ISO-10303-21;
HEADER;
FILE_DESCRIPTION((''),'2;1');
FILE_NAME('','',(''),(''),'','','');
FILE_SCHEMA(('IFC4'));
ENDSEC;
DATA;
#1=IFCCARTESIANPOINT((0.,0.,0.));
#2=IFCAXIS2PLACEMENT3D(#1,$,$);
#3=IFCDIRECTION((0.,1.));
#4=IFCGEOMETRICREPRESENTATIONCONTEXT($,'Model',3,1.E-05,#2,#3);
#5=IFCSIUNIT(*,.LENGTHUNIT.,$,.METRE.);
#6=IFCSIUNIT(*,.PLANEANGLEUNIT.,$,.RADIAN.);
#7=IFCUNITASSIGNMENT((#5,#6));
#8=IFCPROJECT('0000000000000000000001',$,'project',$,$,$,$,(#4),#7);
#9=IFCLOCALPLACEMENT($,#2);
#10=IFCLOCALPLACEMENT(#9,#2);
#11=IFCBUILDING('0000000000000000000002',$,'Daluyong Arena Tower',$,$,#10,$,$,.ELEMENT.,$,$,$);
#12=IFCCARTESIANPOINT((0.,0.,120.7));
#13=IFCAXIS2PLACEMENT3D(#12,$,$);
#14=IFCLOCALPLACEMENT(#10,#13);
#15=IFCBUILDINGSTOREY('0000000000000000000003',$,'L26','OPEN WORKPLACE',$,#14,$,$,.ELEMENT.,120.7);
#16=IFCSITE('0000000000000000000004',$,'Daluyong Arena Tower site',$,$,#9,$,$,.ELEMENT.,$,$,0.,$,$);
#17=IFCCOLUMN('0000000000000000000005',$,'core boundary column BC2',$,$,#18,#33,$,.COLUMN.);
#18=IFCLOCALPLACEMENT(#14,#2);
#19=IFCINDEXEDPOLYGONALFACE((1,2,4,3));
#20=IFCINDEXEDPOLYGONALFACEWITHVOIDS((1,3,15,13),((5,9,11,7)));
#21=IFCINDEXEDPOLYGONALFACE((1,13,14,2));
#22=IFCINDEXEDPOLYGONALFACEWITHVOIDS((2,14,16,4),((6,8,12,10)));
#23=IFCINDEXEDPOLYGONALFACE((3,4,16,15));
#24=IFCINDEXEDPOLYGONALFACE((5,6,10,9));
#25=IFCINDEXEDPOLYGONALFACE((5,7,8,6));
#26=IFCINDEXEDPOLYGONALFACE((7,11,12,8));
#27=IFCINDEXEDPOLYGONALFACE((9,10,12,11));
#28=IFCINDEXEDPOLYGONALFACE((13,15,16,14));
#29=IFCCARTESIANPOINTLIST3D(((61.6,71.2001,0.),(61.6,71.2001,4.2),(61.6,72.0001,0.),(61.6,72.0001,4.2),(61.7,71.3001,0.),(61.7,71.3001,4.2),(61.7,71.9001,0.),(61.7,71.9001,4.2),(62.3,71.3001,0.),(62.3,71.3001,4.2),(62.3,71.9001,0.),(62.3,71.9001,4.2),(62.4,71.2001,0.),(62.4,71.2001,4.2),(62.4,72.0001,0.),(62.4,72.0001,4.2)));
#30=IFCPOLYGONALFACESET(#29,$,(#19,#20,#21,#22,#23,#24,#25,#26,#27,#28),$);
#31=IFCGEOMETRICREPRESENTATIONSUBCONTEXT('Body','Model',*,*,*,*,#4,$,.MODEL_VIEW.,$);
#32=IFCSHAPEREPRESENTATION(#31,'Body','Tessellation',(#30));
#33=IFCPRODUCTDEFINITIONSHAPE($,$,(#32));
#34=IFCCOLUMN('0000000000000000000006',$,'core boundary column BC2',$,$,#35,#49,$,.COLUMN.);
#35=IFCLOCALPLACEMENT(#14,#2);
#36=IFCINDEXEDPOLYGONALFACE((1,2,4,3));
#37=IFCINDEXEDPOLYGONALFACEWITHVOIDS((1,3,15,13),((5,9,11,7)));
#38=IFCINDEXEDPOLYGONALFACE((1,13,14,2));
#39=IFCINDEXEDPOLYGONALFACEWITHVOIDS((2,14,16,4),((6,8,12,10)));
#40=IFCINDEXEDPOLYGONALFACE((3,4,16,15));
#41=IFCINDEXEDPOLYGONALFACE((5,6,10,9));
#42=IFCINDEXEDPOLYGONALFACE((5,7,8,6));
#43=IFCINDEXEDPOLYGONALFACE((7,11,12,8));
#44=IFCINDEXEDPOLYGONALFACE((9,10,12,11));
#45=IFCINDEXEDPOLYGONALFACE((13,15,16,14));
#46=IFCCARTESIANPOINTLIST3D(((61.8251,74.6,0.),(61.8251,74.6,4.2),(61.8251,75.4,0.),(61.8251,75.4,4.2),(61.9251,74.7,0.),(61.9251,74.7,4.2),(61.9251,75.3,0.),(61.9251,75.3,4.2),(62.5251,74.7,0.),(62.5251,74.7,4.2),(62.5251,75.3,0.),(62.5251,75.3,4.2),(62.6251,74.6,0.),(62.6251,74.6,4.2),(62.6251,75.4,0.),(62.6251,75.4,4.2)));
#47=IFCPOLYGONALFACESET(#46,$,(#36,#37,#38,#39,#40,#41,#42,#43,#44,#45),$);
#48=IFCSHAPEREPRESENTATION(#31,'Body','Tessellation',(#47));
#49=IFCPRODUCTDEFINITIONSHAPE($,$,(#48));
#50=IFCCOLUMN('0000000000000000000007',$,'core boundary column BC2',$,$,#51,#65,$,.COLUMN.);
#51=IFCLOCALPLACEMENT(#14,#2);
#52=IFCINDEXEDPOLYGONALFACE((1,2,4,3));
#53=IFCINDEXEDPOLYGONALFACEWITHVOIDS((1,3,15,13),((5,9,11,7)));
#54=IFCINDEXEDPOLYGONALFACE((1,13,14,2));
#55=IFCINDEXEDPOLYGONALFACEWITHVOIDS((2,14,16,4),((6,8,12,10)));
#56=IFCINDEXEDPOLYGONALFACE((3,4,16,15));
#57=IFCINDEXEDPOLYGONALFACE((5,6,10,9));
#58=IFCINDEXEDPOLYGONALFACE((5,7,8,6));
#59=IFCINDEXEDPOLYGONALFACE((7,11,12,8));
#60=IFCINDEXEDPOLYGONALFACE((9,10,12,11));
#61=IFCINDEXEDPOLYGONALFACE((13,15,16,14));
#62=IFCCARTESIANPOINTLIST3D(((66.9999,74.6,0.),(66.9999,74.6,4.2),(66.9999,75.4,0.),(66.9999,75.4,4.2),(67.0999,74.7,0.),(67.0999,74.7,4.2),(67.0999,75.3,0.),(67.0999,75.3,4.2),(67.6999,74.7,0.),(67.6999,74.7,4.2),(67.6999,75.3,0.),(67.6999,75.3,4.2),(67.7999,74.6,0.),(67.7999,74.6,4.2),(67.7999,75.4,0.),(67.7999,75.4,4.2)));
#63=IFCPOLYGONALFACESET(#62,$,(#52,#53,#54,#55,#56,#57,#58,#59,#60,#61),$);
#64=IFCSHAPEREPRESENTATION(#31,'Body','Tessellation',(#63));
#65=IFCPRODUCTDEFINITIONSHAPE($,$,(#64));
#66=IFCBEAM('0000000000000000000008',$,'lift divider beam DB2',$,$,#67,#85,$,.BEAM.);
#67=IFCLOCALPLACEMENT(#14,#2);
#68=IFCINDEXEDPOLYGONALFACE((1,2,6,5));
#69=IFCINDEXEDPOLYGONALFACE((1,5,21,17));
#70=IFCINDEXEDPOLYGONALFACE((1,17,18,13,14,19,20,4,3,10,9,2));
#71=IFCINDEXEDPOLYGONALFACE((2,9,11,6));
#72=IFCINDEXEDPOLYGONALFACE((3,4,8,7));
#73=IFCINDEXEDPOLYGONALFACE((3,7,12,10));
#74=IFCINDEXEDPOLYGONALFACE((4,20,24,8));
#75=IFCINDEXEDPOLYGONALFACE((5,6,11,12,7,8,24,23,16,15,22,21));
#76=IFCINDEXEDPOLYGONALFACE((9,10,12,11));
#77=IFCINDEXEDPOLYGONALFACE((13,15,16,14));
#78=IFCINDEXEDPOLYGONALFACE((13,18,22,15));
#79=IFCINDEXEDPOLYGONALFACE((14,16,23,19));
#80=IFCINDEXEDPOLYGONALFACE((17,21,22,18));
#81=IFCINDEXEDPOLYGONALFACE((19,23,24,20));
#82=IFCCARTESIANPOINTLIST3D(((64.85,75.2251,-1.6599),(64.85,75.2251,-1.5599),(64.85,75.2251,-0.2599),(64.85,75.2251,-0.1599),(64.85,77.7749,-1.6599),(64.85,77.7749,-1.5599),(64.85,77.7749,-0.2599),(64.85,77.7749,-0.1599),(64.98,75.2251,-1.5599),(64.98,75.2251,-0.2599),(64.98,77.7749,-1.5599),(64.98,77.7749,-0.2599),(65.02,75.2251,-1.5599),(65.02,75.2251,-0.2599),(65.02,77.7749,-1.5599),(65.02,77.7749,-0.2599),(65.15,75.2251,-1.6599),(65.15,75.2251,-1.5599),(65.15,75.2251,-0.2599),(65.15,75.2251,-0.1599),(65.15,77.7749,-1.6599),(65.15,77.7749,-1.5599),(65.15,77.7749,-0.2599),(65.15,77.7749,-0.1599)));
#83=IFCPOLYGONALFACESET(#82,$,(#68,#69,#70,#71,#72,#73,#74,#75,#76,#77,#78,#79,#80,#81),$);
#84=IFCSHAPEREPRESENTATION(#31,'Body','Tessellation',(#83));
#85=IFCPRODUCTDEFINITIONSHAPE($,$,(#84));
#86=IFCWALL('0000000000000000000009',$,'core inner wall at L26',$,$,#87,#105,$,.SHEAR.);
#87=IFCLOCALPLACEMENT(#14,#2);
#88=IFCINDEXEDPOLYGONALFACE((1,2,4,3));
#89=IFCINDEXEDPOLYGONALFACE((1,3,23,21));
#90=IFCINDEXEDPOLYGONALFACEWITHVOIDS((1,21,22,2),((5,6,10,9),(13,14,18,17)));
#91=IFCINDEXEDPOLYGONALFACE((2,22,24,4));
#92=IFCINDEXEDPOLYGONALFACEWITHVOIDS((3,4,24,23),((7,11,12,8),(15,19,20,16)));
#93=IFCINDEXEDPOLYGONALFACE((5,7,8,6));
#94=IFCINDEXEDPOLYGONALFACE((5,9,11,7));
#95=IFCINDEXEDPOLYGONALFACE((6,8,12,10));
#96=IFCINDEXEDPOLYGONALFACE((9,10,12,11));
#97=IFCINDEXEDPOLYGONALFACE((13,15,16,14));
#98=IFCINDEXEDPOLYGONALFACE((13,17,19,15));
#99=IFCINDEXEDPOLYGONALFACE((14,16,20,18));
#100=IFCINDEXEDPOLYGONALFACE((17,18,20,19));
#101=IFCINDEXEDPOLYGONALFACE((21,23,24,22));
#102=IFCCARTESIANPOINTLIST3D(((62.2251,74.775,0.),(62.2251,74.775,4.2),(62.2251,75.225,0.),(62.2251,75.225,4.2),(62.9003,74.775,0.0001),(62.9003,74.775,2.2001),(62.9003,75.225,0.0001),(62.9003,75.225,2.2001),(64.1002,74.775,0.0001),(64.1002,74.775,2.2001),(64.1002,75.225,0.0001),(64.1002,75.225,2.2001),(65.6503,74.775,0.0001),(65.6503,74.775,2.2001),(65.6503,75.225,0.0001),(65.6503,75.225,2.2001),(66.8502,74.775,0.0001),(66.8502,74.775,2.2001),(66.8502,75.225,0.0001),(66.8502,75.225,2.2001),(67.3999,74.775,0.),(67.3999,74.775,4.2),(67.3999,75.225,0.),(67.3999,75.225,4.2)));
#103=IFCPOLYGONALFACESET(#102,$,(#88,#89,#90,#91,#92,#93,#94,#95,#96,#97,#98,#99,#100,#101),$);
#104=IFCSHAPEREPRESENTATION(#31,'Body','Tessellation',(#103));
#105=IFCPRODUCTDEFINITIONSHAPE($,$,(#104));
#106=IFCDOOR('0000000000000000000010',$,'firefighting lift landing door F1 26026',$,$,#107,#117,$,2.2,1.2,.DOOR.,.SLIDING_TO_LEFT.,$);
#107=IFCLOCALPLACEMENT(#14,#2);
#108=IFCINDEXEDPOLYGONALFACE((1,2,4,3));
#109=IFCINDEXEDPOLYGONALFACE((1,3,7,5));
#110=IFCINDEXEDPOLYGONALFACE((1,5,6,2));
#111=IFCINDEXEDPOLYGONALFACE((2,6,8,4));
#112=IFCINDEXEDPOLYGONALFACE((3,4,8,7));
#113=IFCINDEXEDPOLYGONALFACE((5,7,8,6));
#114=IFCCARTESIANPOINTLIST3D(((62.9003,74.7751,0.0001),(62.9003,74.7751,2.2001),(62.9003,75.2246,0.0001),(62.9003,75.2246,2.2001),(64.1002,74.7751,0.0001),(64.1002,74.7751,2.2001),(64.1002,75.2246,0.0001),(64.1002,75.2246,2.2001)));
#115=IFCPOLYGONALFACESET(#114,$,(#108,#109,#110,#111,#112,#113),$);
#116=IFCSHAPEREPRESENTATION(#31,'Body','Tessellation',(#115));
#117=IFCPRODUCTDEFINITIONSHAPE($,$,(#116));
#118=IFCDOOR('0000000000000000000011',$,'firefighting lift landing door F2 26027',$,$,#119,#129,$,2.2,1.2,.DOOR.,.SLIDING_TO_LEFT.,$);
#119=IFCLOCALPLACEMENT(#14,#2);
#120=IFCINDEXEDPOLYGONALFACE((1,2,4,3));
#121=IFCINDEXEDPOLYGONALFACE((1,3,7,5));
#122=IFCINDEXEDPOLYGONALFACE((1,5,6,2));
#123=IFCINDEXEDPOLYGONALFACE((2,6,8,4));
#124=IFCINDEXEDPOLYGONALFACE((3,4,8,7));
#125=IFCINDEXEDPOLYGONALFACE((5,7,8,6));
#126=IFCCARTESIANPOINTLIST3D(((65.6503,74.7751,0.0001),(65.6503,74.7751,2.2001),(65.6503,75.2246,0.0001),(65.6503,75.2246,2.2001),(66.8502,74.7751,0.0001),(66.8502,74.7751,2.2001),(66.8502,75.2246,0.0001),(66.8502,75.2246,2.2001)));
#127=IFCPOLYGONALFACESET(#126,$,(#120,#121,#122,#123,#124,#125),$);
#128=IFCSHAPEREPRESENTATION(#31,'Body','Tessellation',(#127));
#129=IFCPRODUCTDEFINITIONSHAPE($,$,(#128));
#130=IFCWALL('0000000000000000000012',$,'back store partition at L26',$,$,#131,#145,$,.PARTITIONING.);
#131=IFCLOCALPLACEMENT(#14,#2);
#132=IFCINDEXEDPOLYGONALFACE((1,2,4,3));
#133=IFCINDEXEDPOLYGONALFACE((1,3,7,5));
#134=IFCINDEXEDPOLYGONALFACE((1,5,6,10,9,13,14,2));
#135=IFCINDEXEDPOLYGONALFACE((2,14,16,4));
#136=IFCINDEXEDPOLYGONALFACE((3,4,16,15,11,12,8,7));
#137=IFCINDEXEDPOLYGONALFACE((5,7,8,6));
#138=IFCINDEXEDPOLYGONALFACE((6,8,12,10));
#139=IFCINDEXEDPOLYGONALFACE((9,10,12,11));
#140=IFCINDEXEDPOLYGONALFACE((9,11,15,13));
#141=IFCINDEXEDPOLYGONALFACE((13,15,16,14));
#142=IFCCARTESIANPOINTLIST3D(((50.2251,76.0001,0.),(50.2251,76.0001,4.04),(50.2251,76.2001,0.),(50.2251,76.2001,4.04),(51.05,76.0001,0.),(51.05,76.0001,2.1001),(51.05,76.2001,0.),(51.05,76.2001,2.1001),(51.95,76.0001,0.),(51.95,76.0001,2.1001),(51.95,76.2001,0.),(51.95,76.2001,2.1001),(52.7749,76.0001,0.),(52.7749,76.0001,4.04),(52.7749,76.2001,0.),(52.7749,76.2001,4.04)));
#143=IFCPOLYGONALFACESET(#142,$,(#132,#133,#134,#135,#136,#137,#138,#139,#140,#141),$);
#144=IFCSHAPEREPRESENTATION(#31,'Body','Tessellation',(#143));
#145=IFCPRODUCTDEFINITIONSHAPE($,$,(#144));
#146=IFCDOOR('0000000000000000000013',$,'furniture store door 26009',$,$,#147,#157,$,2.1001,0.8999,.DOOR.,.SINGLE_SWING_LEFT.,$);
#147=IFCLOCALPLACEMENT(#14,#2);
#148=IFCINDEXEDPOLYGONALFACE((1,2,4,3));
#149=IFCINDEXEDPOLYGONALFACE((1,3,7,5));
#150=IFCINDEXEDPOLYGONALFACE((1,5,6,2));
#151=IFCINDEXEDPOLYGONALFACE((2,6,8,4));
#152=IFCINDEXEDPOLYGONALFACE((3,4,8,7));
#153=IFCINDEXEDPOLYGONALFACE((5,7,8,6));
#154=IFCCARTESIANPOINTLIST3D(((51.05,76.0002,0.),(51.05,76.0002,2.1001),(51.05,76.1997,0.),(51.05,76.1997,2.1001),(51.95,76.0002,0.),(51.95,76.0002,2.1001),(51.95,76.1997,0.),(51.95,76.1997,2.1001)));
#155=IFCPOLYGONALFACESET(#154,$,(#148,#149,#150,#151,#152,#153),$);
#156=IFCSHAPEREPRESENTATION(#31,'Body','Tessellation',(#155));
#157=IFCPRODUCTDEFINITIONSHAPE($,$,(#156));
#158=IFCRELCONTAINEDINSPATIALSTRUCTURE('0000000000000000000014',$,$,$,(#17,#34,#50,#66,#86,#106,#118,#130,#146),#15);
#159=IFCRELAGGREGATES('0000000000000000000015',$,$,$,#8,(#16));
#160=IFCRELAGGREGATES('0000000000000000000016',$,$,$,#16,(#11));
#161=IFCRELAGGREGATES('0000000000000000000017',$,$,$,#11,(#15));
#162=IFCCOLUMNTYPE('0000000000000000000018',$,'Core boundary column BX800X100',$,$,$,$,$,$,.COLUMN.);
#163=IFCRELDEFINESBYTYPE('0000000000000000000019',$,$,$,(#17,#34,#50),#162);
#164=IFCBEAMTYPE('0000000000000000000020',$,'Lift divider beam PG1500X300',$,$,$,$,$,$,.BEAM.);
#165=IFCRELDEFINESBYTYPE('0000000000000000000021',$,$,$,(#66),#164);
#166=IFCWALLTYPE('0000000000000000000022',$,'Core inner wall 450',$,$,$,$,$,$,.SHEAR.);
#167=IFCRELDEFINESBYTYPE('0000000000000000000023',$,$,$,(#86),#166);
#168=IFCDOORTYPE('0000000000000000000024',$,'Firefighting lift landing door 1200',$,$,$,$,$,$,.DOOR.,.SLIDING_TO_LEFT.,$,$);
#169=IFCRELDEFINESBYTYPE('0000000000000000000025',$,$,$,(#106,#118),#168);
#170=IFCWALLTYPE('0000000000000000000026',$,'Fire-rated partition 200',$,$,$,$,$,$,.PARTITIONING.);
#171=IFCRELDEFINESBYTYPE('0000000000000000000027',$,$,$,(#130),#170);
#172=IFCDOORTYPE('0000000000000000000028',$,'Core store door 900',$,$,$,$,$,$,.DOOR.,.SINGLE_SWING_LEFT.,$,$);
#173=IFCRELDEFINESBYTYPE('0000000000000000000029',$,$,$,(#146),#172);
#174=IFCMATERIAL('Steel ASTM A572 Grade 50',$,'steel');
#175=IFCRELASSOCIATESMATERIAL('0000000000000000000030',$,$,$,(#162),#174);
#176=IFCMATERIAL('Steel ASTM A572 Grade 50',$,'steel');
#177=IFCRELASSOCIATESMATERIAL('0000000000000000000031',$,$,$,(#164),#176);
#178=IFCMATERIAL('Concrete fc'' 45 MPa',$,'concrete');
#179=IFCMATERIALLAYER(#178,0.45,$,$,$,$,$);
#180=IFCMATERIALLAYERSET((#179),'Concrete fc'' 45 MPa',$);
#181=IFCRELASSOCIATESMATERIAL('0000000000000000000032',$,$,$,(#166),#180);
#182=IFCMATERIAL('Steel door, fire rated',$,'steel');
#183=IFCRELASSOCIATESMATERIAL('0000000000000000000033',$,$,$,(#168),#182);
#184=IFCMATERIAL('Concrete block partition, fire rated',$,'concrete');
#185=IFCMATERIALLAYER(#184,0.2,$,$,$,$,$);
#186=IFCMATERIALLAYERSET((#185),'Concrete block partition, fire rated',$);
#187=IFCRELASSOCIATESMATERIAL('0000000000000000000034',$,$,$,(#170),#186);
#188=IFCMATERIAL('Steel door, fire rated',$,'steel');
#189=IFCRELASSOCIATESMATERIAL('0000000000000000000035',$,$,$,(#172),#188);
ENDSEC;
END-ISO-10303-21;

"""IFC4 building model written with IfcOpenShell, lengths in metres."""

from ifc_helpers import new_model, si_unit, direction, frame, frame_2d, origin, origin_2d, place, context, subcontext, project, spatial, rectangle, hollow_rectangle, i_section, extrude, material, layer, layer_set, material_profile, profile_set, type_object, element, fill, save


model = new_model("IFC4")

# Units and contexts
model_context = context("Model", 3, precision=1e-05, world=origin(), true_north=direction((0.0, 1.0)))
body_context = subcontext(model_context, "Body", "Model", "MODEL_VIEW")
ifc_project = project(units=[si_unit("LENGTHUNIT", "METRE"), si_unit("PLANEANGLEUNIT", "RADIAN")], contexts=[model_context])

# Site, building, storey
site_placement = place(None, origin())
site = spatial("IfcSite", under=ifc_project, at=site_placement, Name="Daluyong Arena Tower site", CompositionType="ELEMENT", RefElevation=0.0)
building_placement = place(site_placement, origin())
building = spatial("IfcBuilding", under=site, at=building_placement, Name="Daluyong Arena Tower", CompositionType="ELEMENT")
storey_placement = place(building_placement, frame((0.0, 0.0, 120.7)))
storey = spatial("IfcBuildingStorey", under=building, at=storey_placement, Name="L26", Description="OPEN WORKPLACE", CompositionType="ELEMENT", Elevation=120.7)

# Columns
ifc_material_1 = material(Name="Steel ASTM A572 Grade 50", Category="steel")
ifc_material_profile_1 = material_profile(ifc_material_1, hollow_rectangle(XDim=0.8, YDim=0.8, WallThickness=0.1, at=origin_2d()))
ifc_profile_set_1 = profile_set([ifc_material_profile_1], Name="Steel ASTM A572 Grade 50")
column_type = type_object("IfcColumnType", Name="Core boundary column BX800X100", PredefinedType="COLUMN", material=ifc_profile_set_1)
for number, where, z_axis, x_axis, name in (
    (1, (62.0, 71.6001, 0.0), (0.0, 0.0, 1.0), (1.0, 0.0, 0.0), "core boundary column BC2"),
    (2, (62.2251, 75.0, 0.0), (0.0, 0.0, 1.0), (1.0, 0.0, 0.0), "core boundary column BC2"),
    (3, (67.3999, 75.0, 0.0), (0.0, 0.0, 1.0), (1.0, 0.0, 0.0), "core boundary column BC2"),
):
    element("IfcColumn", number, at=place(storey_placement, frame(where, z_axis=z_axis, x_axis=x_axis)), inside=storey, type_object=column_type, Name=name, PredefinedType="COLUMN", context=body_context, shape_type="SweptSolid", body=[
        extrude(hollow_rectangle(XDim=0.8, YDim=0.8, WallThickness=0.1, at=origin_2d()), origin(), (0.0, 0.0, 1.0), 4.2),
    ])

# Beam
ifc_material_2 = material(Name="Steel ASTM A572 Grade 50", Category="steel")
ifc_material_profile_2 = material_profile(ifc_material_2, i_section(OverallWidth=0.3, OverallDepth=1.5, WebThickness=0.04, FlangeThickness=0.1, at=origin_2d()))
ifc_profile_set_2 = profile_set([ifc_material_profile_2], Name="Steel ASTM A572 Grade 50")
beam_type = type_object("IfcBeamType", Name="Lift divider beam PG1500X300", PredefinedType="BEAM", material=ifc_profile_set_2)
beam_placement = place(storey_placement, frame((65.0, 75.2251, -0.9099), z_axis=(0.0, 1.0, 0.0), x_axis=(-1.0, 0.0, 0.0)))
element("IfcBeam", 4, at=beam_placement, inside=storey, type_object=beam_type, Name="lift divider beam DB2", PredefinedType="BEAM", context=body_context, shape_type="SweptSolid", body=[
    extrude(i_section(OverallWidth=0.3, OverallDepth=1.5, WebThickness=0.04, FlangeThickness=0.1, at=origin_2d()), origin(), (0.0, 0.0, 1.0), 2.5498),
])

# Shared definitions
ifc_material_3 = material(Name="Concrete fc' 45 MPa", Category="concrete")
ifc_layer_1 = layer(ifc_material_3, 0.45)
ifc_layer_set_1 = layer_set([ifc_layer_1], Name="Concrete fc' 45 MPa")
wall_type_1 = type_object("IfcWallType", Name="Core inner wall 450", PredefinedType="SHEAR", material=ifc_layer_set_1)

# Wall, openings, doors
wall_1_placement = place(storey_placement, frame((62.2251, 75.0, 0.0), z_axis=(0.0, 0.0, 1.0), x_axis=(1.0, 0.0, 0.0)))
wall_1 = element("IfcWall", 5, at=wall_1_placement, inside=storey, type_object=wall_type_1, Name="core inner wall at L26", PredefinedType="SHEAR", context=body_context, shape_type="SweptSolid", body=[
    extrude(rectangle(XDim=5.1748, YDim=0.45, at=frame_2d((2.5874, 0.0))), origin(), (0.0, 0.0, 1.0), 4.2),
])
opening_1_placement = place(wall_1_placement, frame((0.675, 0.0, 0.0)))
opening_1 = element("IfcOpeningElement", 6, at=opening_1_placement, cuts=wall_1, PredefinedType="OPENING", context=body_context, shape_type="SweptSolid", body=[
    extrude(rectangle(XDim=1.2, YDim=2.2, at=frame_2d((0.6001, 1.1001))), frame((0.0, 0.2349, 0.0), z_axis=(0.0, -1.0, 0.0), x_axis=(1.0, 0.0, 0.0)), (0.0, 0.0, 1.0), 0.47),
])
opening_2_placement = place(wall_1_placement, frame((3.425, 0.0, 0.0)))
opening_2 = element("IfcOpeningElement", 7, at=opening_2_placement, cuts=wall_1, PredefinedType="OPENING", context=body_context, shape_type="SweptSolid", body=[
    extrude(rectangle(XDim=1.2, YDim=2.2, at=frame_2d((0.6001, 1.1001))), frame((0.0, 0.2349, 0.0), z_axis=(0.0, -1.0, 0.0), x_axis=(1.0, 0.0, 0.0)), (0.0, 0.0, 1.0), 0.47),
])
ifc_material_4 = material(Name="Steel door, fire rated", Category="steel")
door_type_1 = type_object("IfcDoorType", Name="Firefighting lift landing door 1200", OperationType="SLIDING_TO_LEFT", PredefinedType="DOOR", material=ifc_material_4)
door_1_placement = place(opening_1_placement, origin())
door_1 = element("IfcDoor", 8, at=door_1_placement, inside=storey, type_object=door_type_1, Name="firefighting lift landing door F1 26026", OperationType="SLIDING_TO_LEFT", OverallHeight=2.2, OverallWidth=1.2, PredefinedType="DOOR", context=body_context, shape_type="SweptSolid", body=[
    extrude(rectangle(XDim=1.2, YDim=2.2, at=frame_2d((0.6001, 1.1001))), frame((0.0, 0.2246, 0.0), z_axis=(0.0, -1.0, 0.0), x_axis=(1.0, 0.0, 0.0)), (0.0, 0.0, 1.0), 0.4495),
])
fill(opening_1, door_1)
door_2_placement = place(opening_2_placement, origin())
door_2 = element("IfcDoor", 9, at=door_2_placement, inside=storey, type_object=door_type_1, Name="firefighting lift landing door F2 26027", OperationType="SLIDING_TO_LEFT", OverallHeight=2.2, OverallWidth=1.2, PredefinedType="DOOR", context=body_context, shape_type="SweptSolid", body=[
    extrude(rectangle(XDim=1.2, YDim=2.2, at=frame_2d((0.6001, 1.1001))), frame((0.0, 0.2246, 0.0), z_axis=(0.0, -1.0, 0.0), x_axis=(1.0, 0.0, 0.0)), (0.0, 0.0, 1.0), 0.4495),
])
fill(opening_2, door_2)

# Wall, opening, door
ifc_material_5 = material(Name="Concrete block partition, fire rated", Category="concrete")
ifc_layer_2 = layer(ifc_material_5, 0.2)
ifc_layer_set_2 = layer_set([ifc_layer_2], Name="Concrete block partition, fire rated")
wall_type_2 = type_object("IfcWallType", Name="Fire-rated partition 200", PredefinedType="PARTITIONING", material=ifc_layer_set_2)
wall_2_placement = place(storey_placement, frame((50.2251, 76.1001, 0.0), z_axis=(0.0, 0.0, 1.0), x_axis=(1.0, 0.0, 0.0)))
wall_2 = element("IfcWall", 10, at=wall_2_placement, inside=storey, type_object=wall_type_2, Name="back store partition at L26", PredefinedType="PARTITIONING", context=body_context, shape_type="SweptSolid", body=[
    extrude(rectangle(XDim=2.5498, YDim=0.2, at=frame_2d((1.2749, 0.0))), origin(), (0.0, 0.0, 1.0), 4.04),
])
opening_3_placement = place(wall_2_placement, frame((0.825, 0.0, 0.0)))
opening_3 = element("IfcOpeningElement", 11, at=opening_3_placement, cuts=wall_2, PredefinedType="OPENING", context=body_context, shape_type="SweptSolid", body=[
    extrude(rectangle(XDim=0.8999, YDim=2.1001, at=frame_2d((0.45, 1.05))), frame((0.0, 0.1099, 0.0), z_axis=(0.0, -1.0, 0.0), x_axis=(1.0, 0.0, 0.0)), (0.0, 0.0, 1.0), 0.22),
])
ifc_material_6 = material(Name="Steel door, fire rated", Category="steel")
door_type_2 = type_object("IfcDoorType", Name="Core store door 900", OperationType="SINGLE_SWING_LEFT", PredefinedType="DOOR", material=ifc_material_6)
door_3_placement = place(opening_3_placement, origin())
door_3 = element("IfcDoor", 12, at=door_3_placement, inside=storey, type_object=door_type_2, Name="furniture store door 26009", OperationType="SINGLE_SWING_LEFT", OverallHeight=2.1001, OverallWidth=0.8999, PredefinedType="DOOR", context=body_context, shape_type="SweptSolid", body=[
    extrude(rectangle(XDim=0.8999, YDim=2.1001, at=frame_2d((0.45, 1.05))), frame((0.0, 0.0996, 0.0), z_axis=(0.0, -1.0, 0.0), x_axis=(1.0, 0.0, 0.0)), (0.0, 0.0, 1.0), 0.1995),
])
fill(opening_3, door_3)

save(model, "model.ifc")
